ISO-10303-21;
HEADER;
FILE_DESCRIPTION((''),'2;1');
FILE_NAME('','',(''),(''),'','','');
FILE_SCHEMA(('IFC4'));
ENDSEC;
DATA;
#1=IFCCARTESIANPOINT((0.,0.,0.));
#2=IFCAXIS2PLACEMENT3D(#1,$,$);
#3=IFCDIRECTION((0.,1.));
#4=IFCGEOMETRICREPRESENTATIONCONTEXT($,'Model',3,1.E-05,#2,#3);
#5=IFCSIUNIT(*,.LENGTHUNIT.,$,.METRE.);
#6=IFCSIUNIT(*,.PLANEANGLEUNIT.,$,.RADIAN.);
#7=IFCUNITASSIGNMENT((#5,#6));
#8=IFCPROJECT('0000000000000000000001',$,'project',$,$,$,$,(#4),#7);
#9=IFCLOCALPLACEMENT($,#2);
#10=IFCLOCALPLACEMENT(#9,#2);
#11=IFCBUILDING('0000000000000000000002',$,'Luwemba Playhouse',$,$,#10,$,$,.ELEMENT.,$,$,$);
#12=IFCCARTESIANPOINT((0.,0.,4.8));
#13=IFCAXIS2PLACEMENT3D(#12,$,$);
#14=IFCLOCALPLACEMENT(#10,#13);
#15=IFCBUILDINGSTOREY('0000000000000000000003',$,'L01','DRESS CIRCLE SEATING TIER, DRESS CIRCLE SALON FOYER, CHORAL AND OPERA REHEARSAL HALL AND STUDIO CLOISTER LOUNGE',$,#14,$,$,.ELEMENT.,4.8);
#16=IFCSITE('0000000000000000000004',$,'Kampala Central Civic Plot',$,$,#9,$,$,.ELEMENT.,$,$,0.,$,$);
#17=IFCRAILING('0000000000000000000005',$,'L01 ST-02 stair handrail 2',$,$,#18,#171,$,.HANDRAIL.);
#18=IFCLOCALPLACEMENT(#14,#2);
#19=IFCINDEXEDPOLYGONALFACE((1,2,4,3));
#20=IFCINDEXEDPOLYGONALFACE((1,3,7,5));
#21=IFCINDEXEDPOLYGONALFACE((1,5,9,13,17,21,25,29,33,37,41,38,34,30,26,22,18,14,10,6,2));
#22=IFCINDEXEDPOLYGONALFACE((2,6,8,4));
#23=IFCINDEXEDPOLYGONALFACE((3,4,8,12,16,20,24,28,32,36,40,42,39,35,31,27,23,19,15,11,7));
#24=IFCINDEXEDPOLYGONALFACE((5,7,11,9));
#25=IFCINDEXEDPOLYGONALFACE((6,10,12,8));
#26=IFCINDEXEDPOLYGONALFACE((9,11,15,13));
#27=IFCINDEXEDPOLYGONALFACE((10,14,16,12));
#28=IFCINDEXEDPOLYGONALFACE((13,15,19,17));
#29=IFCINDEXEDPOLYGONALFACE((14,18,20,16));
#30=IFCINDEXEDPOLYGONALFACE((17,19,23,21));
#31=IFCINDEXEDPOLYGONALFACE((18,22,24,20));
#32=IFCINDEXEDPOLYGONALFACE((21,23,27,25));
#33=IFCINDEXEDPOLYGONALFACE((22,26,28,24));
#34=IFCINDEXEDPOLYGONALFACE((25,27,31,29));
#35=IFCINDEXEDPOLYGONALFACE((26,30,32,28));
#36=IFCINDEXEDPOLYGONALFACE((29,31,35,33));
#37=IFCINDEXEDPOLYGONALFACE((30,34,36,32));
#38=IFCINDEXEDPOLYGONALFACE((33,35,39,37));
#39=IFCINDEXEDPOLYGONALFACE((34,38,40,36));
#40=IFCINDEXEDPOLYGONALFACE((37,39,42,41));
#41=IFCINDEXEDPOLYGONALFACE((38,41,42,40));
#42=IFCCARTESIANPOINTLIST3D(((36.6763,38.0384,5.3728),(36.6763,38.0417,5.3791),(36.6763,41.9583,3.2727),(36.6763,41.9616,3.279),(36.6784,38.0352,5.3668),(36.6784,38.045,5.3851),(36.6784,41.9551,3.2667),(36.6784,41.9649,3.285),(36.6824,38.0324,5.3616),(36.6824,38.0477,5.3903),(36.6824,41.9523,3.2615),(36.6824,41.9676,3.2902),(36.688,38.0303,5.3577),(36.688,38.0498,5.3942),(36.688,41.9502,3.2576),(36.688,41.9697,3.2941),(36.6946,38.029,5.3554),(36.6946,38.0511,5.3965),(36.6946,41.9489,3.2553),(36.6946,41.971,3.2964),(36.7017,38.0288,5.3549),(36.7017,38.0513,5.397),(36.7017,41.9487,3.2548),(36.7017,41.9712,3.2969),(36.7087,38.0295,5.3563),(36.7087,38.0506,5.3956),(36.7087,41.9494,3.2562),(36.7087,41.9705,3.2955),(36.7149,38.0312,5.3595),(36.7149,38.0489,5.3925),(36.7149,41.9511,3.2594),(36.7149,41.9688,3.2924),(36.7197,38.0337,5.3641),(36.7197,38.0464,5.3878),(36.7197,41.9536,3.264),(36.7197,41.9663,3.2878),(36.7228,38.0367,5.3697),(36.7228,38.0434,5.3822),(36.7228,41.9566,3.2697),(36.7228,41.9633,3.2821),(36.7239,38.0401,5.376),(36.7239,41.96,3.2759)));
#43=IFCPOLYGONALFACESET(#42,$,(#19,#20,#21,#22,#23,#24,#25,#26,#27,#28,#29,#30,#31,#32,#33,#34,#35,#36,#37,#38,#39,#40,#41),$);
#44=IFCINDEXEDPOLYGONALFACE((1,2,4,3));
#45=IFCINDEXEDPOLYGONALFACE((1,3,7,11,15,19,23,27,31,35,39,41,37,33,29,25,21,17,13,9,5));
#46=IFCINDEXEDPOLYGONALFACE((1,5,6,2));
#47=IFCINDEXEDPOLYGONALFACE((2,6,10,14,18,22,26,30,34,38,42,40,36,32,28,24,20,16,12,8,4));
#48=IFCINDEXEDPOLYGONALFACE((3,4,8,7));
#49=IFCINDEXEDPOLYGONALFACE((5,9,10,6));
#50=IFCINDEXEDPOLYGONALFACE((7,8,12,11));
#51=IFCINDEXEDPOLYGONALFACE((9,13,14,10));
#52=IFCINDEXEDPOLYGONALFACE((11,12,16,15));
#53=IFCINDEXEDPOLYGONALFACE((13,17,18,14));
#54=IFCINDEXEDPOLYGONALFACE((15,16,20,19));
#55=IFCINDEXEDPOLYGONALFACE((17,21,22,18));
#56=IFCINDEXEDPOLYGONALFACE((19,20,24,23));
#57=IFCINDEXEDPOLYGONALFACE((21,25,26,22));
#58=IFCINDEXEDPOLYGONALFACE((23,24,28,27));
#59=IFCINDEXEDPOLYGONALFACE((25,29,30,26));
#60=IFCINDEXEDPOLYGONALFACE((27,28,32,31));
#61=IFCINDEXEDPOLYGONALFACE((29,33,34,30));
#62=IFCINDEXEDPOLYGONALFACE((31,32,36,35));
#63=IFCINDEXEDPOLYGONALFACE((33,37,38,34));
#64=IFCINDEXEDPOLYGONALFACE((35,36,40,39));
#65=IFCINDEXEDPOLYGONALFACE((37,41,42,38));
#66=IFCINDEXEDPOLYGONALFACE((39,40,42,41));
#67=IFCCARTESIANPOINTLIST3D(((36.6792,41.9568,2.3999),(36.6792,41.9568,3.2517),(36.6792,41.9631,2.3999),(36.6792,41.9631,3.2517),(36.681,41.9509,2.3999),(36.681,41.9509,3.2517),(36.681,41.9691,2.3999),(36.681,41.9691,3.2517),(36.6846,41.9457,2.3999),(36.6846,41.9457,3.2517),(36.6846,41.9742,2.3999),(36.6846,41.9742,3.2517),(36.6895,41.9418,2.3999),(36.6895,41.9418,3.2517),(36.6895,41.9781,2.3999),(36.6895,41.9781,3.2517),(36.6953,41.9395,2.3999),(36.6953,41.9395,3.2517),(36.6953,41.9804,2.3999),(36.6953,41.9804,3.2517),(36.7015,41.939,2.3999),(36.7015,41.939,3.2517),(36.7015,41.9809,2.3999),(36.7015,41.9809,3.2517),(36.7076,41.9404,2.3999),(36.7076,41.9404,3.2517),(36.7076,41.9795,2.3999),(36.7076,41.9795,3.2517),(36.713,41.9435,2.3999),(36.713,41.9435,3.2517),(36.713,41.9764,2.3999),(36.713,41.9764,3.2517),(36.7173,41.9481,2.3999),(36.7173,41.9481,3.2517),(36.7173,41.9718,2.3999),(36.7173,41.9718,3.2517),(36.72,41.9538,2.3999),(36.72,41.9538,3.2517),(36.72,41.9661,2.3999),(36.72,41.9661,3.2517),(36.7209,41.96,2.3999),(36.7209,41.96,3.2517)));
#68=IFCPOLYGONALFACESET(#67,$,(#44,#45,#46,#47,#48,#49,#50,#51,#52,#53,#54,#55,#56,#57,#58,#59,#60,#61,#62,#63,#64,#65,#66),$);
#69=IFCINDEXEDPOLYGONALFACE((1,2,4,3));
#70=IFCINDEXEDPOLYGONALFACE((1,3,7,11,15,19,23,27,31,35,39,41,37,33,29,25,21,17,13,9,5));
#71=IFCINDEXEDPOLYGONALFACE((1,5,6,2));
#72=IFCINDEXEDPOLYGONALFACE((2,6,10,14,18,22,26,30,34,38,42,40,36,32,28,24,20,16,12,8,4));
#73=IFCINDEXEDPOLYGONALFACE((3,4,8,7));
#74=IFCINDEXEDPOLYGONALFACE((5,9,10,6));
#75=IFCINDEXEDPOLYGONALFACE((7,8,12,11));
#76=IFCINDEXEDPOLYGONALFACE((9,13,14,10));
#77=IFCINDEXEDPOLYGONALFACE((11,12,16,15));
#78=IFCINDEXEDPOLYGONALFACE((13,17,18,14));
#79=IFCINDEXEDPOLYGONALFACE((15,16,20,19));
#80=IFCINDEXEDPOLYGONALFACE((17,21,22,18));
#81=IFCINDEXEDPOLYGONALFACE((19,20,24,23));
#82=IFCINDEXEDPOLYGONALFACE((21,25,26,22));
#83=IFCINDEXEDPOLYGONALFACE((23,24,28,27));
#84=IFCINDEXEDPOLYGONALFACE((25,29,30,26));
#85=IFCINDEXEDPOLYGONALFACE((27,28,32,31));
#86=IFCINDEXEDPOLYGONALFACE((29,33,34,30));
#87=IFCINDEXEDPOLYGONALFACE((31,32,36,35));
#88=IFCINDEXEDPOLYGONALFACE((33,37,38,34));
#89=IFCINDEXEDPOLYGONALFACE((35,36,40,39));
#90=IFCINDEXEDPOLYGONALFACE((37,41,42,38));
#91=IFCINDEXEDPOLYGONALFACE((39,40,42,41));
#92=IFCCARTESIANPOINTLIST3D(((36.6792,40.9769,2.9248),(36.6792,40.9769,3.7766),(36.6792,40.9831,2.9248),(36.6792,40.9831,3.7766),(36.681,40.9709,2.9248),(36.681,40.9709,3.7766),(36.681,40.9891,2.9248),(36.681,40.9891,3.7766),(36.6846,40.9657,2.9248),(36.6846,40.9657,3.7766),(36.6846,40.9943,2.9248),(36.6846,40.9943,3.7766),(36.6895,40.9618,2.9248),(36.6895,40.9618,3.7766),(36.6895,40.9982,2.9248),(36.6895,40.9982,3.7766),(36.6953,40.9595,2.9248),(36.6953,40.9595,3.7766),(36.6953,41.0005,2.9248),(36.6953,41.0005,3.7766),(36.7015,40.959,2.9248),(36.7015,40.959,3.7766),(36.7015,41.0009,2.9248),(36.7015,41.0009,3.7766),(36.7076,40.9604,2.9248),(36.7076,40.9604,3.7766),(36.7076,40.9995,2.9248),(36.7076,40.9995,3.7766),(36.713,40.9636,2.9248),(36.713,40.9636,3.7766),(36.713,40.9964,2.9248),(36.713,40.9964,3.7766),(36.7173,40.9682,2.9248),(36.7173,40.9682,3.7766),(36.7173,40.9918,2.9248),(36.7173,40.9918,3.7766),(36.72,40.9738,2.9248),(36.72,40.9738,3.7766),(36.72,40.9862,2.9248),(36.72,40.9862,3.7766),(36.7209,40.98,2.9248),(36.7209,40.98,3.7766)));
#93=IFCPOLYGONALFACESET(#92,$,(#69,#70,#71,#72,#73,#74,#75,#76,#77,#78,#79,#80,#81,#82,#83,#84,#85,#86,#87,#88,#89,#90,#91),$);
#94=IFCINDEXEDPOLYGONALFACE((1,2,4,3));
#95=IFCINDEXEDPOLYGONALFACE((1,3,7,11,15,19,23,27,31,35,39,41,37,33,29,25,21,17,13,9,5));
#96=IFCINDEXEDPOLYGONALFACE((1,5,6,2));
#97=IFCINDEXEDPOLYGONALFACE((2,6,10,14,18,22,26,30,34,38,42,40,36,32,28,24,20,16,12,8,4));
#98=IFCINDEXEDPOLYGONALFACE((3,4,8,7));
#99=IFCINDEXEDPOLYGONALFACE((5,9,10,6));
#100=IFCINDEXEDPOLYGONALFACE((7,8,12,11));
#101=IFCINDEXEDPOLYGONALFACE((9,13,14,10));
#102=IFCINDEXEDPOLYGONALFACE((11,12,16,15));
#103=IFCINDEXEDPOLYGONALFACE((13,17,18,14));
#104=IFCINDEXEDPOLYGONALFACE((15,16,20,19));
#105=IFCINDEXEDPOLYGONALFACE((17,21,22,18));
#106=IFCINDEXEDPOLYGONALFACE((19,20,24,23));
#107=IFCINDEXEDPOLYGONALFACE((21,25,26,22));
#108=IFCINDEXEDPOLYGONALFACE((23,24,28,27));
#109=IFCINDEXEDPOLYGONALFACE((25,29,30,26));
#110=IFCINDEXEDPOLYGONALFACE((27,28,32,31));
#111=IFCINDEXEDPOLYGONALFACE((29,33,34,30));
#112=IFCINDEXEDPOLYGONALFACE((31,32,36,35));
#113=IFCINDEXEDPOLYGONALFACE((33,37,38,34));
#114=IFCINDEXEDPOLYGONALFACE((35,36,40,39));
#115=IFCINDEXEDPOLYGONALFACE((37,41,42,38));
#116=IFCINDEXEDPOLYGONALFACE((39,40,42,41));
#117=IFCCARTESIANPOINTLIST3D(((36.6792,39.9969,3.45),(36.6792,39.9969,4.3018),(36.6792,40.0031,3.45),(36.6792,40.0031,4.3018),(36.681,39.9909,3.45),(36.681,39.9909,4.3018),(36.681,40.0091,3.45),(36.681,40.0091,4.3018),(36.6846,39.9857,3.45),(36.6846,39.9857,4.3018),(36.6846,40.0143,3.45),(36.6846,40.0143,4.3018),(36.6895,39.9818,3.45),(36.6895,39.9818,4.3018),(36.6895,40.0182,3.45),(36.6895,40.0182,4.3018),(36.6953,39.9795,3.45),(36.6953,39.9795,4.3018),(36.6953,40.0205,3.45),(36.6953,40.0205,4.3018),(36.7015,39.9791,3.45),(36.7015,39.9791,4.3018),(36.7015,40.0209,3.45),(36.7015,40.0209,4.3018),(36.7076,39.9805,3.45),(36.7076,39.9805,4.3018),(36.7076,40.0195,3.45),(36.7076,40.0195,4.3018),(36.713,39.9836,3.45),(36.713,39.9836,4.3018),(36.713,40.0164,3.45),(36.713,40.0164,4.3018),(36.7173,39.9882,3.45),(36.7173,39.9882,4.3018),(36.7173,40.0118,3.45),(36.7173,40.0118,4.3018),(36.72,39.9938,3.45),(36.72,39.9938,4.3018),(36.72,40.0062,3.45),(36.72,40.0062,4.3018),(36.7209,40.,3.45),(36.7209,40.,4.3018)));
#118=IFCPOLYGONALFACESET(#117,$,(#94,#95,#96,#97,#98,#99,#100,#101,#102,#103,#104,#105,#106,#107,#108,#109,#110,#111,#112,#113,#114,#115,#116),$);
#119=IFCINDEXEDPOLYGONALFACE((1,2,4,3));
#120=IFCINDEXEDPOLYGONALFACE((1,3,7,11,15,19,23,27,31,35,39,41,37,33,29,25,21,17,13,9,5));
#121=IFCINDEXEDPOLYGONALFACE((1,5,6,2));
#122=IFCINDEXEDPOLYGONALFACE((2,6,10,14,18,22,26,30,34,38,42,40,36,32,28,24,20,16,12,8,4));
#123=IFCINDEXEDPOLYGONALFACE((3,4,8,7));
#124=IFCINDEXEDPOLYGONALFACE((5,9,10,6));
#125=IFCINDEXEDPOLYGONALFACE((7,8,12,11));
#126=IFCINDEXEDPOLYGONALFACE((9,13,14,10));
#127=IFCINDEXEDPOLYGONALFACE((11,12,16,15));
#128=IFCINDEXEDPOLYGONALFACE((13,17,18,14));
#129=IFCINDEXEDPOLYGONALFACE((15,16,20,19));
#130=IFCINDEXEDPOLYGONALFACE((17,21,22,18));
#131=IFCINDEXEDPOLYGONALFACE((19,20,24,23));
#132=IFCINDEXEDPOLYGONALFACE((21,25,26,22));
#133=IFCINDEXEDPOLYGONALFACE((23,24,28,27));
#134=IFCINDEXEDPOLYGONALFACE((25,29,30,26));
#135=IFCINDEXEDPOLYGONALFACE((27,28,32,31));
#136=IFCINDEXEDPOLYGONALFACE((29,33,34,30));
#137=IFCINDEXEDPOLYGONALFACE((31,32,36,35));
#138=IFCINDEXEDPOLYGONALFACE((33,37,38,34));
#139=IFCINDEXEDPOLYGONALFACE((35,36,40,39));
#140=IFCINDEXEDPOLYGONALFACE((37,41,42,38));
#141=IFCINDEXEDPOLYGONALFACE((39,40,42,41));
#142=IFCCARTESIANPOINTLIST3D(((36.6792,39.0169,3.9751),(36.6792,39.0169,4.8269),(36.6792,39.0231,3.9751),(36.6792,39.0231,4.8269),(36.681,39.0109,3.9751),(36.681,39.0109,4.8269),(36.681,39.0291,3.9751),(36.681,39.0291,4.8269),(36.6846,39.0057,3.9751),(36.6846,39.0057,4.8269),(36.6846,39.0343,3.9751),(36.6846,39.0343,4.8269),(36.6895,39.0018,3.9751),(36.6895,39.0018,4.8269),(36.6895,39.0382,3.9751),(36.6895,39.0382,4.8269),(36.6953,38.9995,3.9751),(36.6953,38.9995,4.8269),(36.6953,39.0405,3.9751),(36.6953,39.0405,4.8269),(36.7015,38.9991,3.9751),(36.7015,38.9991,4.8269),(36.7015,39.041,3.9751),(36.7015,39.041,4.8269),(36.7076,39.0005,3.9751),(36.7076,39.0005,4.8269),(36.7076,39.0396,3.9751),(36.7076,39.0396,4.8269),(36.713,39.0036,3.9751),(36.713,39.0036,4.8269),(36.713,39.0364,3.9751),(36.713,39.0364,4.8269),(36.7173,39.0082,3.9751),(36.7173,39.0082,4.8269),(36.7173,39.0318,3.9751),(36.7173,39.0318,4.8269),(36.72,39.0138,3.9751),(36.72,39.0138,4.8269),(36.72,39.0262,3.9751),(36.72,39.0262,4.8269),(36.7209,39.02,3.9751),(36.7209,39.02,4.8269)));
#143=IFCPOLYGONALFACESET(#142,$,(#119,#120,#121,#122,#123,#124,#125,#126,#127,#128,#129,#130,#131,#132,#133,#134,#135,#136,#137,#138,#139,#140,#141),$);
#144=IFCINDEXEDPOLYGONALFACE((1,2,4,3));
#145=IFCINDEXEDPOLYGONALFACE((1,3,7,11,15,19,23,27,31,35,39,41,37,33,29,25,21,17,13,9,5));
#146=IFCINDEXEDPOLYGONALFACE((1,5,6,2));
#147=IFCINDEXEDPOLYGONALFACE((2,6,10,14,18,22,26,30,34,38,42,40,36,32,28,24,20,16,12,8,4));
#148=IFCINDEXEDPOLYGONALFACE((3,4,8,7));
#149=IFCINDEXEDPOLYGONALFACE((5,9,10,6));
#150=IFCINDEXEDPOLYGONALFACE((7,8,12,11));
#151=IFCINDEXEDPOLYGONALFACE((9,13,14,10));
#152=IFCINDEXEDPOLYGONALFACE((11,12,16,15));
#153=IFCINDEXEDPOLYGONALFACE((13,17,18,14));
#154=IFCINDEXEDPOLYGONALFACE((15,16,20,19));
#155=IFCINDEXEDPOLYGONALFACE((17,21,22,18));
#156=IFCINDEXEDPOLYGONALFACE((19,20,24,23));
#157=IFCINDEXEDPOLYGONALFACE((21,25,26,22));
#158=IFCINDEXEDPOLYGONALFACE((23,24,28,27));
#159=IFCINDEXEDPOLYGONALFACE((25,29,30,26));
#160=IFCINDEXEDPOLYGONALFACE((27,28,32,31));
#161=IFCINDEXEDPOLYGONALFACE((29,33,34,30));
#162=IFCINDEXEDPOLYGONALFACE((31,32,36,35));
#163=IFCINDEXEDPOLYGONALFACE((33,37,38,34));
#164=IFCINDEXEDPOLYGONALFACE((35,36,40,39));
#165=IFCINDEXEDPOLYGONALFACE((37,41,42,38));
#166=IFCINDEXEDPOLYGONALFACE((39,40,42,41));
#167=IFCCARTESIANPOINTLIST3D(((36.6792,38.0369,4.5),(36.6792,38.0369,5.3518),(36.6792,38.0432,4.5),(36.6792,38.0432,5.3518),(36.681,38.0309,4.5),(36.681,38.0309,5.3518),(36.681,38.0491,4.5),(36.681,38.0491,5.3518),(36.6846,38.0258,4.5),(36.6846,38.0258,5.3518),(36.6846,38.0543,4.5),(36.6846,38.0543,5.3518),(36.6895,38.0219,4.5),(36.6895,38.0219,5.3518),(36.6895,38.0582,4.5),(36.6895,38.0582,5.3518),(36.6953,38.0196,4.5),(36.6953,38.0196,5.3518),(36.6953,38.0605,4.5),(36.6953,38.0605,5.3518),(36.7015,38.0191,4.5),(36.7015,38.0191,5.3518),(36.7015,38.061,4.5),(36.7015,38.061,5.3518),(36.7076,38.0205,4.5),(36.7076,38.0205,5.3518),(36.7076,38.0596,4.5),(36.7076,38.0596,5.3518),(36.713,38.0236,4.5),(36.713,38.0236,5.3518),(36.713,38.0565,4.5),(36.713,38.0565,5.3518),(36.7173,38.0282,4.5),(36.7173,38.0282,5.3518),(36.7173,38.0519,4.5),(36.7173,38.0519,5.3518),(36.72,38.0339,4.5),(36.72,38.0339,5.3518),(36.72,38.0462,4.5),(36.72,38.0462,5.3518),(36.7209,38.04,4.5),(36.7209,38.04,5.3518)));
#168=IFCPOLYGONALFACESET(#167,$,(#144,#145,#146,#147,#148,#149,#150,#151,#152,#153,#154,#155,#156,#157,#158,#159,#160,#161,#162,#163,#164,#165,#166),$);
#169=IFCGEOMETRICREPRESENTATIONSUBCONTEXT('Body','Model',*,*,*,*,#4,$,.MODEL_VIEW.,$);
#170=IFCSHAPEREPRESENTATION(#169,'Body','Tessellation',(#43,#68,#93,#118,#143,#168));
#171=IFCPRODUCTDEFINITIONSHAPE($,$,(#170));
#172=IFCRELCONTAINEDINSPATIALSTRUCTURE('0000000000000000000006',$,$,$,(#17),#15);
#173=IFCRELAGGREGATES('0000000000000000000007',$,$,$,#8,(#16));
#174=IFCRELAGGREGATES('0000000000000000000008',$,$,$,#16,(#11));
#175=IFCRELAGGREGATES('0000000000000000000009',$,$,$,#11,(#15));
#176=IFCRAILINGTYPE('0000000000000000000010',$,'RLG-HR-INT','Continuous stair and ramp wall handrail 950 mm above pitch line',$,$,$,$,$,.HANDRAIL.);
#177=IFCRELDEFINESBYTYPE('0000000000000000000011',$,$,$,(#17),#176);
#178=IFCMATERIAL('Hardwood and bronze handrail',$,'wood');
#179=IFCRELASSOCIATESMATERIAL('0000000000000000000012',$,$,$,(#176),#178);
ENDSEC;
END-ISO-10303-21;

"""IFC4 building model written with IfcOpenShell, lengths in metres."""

from ifc_helpers import new_model, si_unit, direction, frame, origin, origin_2d, place, context, subcontext, project, spatial, circle, extrude, material, type_object, element, save


model = new_model("IFC4")

# Units and contexts
model_context = context("Model", 3, precision=1e-05, world=origin(), true_north=direction((0.0, 1.0)))
body_context = subcontext(model_context, "Body", "Model", "MODEL_VIEW")
ifc_project = project(units=[si_unit("LENGTHUNIT", "METRE"), si_unit("PLANEANGLEUNIT", "RADIAN")], contexts=[model_context])

# Site, building, storey
site_placement = place(None, origin())
site = spatial("IfcSite", under=ifc_project, at=site_placement, Name="Kampala Central Civic Plot", CompositionType="ELEMENT", RefElevation=0.0)
building_placement = place(site_placement, origin())
building = spatial("IfcBuilding", under=site, at=building_placement, Name="Luwemba Playhouse", CompositionType="ELEMENT")
storey_placement = place(building_placement, frame((0.0, 0.0, 4.8)))
storey = spatial("IfcBuildingStorey", under=building, at=storey_placement, Name="L01", Description="DRESS CIRCLE SEATING TIER, DRESS CIRCLE SALON FOYER, CHORAL AND OPERA REHEARSAL HALL AND STUDIO CLOISTER LOUNGE", CompositionType="ELEMENT", Elevation=4.8)

# Railing
ifc_material_1 = material(Name="Hardwood and bronze handrail", Category="wood")
railing_type_1 = type_object("IfcRailingType", Name="RLG-HR-INT", Description="Continuous stair and ramp wall handrail 950 mm above pitch line", PredefinedType="HANDRAIL", material=ifc_material_1)
railing_1_placement = place(storey_placement, frame((36.7, 41.96, 2.3999)))
element("IfcRailing", 1, at=railing_1_placement, inside=storey, type_object=railing_type_1, Name="L01 ST-02 stair handrail 2", PredefinedType="HANDRAIL", context=body_context, shape_type="SweptSolid", body=[
    extrude(circle(Radius=0.0239, at=origin_2d()), frame((0.0, 0.0, 0.876), z_axis=(0.0, -0.881467, 0.472246), x_axis=(1.0, 0.0, 0.0)), (0.0, 0.0, 1.0), 4.447),
    extrude(circle(Radius=0.021, at=origin_2d()), origin(), (0.0, 0.0, 1.0), 0.8518),
    extrude(circle(Radius=0.021, at=origin_2d()), frame((0.0, -0.98, 0.5249)), (0.0, 0.0, 1.0), 0.8518),
    extrude(circle(Radius=0.021, at=origin_2d()), frame((0.0, -1.96, 1.05)), (0.0, 0.0, 1.0), 0.8518),
    extrude(circle(Radius=0.021, at=origin_2d()), frame((0.0, -2.9399, 1.5752)), (0.0, 0.0, 1.0), 0.8518),
    extrude(circle(Radius=0.021, at=origin_2d()), frame((0.0, -3.9199, 2.1001)), (0.0, 0.0, 1.0), 0.8518),
])

save(model, "model.ifc")
